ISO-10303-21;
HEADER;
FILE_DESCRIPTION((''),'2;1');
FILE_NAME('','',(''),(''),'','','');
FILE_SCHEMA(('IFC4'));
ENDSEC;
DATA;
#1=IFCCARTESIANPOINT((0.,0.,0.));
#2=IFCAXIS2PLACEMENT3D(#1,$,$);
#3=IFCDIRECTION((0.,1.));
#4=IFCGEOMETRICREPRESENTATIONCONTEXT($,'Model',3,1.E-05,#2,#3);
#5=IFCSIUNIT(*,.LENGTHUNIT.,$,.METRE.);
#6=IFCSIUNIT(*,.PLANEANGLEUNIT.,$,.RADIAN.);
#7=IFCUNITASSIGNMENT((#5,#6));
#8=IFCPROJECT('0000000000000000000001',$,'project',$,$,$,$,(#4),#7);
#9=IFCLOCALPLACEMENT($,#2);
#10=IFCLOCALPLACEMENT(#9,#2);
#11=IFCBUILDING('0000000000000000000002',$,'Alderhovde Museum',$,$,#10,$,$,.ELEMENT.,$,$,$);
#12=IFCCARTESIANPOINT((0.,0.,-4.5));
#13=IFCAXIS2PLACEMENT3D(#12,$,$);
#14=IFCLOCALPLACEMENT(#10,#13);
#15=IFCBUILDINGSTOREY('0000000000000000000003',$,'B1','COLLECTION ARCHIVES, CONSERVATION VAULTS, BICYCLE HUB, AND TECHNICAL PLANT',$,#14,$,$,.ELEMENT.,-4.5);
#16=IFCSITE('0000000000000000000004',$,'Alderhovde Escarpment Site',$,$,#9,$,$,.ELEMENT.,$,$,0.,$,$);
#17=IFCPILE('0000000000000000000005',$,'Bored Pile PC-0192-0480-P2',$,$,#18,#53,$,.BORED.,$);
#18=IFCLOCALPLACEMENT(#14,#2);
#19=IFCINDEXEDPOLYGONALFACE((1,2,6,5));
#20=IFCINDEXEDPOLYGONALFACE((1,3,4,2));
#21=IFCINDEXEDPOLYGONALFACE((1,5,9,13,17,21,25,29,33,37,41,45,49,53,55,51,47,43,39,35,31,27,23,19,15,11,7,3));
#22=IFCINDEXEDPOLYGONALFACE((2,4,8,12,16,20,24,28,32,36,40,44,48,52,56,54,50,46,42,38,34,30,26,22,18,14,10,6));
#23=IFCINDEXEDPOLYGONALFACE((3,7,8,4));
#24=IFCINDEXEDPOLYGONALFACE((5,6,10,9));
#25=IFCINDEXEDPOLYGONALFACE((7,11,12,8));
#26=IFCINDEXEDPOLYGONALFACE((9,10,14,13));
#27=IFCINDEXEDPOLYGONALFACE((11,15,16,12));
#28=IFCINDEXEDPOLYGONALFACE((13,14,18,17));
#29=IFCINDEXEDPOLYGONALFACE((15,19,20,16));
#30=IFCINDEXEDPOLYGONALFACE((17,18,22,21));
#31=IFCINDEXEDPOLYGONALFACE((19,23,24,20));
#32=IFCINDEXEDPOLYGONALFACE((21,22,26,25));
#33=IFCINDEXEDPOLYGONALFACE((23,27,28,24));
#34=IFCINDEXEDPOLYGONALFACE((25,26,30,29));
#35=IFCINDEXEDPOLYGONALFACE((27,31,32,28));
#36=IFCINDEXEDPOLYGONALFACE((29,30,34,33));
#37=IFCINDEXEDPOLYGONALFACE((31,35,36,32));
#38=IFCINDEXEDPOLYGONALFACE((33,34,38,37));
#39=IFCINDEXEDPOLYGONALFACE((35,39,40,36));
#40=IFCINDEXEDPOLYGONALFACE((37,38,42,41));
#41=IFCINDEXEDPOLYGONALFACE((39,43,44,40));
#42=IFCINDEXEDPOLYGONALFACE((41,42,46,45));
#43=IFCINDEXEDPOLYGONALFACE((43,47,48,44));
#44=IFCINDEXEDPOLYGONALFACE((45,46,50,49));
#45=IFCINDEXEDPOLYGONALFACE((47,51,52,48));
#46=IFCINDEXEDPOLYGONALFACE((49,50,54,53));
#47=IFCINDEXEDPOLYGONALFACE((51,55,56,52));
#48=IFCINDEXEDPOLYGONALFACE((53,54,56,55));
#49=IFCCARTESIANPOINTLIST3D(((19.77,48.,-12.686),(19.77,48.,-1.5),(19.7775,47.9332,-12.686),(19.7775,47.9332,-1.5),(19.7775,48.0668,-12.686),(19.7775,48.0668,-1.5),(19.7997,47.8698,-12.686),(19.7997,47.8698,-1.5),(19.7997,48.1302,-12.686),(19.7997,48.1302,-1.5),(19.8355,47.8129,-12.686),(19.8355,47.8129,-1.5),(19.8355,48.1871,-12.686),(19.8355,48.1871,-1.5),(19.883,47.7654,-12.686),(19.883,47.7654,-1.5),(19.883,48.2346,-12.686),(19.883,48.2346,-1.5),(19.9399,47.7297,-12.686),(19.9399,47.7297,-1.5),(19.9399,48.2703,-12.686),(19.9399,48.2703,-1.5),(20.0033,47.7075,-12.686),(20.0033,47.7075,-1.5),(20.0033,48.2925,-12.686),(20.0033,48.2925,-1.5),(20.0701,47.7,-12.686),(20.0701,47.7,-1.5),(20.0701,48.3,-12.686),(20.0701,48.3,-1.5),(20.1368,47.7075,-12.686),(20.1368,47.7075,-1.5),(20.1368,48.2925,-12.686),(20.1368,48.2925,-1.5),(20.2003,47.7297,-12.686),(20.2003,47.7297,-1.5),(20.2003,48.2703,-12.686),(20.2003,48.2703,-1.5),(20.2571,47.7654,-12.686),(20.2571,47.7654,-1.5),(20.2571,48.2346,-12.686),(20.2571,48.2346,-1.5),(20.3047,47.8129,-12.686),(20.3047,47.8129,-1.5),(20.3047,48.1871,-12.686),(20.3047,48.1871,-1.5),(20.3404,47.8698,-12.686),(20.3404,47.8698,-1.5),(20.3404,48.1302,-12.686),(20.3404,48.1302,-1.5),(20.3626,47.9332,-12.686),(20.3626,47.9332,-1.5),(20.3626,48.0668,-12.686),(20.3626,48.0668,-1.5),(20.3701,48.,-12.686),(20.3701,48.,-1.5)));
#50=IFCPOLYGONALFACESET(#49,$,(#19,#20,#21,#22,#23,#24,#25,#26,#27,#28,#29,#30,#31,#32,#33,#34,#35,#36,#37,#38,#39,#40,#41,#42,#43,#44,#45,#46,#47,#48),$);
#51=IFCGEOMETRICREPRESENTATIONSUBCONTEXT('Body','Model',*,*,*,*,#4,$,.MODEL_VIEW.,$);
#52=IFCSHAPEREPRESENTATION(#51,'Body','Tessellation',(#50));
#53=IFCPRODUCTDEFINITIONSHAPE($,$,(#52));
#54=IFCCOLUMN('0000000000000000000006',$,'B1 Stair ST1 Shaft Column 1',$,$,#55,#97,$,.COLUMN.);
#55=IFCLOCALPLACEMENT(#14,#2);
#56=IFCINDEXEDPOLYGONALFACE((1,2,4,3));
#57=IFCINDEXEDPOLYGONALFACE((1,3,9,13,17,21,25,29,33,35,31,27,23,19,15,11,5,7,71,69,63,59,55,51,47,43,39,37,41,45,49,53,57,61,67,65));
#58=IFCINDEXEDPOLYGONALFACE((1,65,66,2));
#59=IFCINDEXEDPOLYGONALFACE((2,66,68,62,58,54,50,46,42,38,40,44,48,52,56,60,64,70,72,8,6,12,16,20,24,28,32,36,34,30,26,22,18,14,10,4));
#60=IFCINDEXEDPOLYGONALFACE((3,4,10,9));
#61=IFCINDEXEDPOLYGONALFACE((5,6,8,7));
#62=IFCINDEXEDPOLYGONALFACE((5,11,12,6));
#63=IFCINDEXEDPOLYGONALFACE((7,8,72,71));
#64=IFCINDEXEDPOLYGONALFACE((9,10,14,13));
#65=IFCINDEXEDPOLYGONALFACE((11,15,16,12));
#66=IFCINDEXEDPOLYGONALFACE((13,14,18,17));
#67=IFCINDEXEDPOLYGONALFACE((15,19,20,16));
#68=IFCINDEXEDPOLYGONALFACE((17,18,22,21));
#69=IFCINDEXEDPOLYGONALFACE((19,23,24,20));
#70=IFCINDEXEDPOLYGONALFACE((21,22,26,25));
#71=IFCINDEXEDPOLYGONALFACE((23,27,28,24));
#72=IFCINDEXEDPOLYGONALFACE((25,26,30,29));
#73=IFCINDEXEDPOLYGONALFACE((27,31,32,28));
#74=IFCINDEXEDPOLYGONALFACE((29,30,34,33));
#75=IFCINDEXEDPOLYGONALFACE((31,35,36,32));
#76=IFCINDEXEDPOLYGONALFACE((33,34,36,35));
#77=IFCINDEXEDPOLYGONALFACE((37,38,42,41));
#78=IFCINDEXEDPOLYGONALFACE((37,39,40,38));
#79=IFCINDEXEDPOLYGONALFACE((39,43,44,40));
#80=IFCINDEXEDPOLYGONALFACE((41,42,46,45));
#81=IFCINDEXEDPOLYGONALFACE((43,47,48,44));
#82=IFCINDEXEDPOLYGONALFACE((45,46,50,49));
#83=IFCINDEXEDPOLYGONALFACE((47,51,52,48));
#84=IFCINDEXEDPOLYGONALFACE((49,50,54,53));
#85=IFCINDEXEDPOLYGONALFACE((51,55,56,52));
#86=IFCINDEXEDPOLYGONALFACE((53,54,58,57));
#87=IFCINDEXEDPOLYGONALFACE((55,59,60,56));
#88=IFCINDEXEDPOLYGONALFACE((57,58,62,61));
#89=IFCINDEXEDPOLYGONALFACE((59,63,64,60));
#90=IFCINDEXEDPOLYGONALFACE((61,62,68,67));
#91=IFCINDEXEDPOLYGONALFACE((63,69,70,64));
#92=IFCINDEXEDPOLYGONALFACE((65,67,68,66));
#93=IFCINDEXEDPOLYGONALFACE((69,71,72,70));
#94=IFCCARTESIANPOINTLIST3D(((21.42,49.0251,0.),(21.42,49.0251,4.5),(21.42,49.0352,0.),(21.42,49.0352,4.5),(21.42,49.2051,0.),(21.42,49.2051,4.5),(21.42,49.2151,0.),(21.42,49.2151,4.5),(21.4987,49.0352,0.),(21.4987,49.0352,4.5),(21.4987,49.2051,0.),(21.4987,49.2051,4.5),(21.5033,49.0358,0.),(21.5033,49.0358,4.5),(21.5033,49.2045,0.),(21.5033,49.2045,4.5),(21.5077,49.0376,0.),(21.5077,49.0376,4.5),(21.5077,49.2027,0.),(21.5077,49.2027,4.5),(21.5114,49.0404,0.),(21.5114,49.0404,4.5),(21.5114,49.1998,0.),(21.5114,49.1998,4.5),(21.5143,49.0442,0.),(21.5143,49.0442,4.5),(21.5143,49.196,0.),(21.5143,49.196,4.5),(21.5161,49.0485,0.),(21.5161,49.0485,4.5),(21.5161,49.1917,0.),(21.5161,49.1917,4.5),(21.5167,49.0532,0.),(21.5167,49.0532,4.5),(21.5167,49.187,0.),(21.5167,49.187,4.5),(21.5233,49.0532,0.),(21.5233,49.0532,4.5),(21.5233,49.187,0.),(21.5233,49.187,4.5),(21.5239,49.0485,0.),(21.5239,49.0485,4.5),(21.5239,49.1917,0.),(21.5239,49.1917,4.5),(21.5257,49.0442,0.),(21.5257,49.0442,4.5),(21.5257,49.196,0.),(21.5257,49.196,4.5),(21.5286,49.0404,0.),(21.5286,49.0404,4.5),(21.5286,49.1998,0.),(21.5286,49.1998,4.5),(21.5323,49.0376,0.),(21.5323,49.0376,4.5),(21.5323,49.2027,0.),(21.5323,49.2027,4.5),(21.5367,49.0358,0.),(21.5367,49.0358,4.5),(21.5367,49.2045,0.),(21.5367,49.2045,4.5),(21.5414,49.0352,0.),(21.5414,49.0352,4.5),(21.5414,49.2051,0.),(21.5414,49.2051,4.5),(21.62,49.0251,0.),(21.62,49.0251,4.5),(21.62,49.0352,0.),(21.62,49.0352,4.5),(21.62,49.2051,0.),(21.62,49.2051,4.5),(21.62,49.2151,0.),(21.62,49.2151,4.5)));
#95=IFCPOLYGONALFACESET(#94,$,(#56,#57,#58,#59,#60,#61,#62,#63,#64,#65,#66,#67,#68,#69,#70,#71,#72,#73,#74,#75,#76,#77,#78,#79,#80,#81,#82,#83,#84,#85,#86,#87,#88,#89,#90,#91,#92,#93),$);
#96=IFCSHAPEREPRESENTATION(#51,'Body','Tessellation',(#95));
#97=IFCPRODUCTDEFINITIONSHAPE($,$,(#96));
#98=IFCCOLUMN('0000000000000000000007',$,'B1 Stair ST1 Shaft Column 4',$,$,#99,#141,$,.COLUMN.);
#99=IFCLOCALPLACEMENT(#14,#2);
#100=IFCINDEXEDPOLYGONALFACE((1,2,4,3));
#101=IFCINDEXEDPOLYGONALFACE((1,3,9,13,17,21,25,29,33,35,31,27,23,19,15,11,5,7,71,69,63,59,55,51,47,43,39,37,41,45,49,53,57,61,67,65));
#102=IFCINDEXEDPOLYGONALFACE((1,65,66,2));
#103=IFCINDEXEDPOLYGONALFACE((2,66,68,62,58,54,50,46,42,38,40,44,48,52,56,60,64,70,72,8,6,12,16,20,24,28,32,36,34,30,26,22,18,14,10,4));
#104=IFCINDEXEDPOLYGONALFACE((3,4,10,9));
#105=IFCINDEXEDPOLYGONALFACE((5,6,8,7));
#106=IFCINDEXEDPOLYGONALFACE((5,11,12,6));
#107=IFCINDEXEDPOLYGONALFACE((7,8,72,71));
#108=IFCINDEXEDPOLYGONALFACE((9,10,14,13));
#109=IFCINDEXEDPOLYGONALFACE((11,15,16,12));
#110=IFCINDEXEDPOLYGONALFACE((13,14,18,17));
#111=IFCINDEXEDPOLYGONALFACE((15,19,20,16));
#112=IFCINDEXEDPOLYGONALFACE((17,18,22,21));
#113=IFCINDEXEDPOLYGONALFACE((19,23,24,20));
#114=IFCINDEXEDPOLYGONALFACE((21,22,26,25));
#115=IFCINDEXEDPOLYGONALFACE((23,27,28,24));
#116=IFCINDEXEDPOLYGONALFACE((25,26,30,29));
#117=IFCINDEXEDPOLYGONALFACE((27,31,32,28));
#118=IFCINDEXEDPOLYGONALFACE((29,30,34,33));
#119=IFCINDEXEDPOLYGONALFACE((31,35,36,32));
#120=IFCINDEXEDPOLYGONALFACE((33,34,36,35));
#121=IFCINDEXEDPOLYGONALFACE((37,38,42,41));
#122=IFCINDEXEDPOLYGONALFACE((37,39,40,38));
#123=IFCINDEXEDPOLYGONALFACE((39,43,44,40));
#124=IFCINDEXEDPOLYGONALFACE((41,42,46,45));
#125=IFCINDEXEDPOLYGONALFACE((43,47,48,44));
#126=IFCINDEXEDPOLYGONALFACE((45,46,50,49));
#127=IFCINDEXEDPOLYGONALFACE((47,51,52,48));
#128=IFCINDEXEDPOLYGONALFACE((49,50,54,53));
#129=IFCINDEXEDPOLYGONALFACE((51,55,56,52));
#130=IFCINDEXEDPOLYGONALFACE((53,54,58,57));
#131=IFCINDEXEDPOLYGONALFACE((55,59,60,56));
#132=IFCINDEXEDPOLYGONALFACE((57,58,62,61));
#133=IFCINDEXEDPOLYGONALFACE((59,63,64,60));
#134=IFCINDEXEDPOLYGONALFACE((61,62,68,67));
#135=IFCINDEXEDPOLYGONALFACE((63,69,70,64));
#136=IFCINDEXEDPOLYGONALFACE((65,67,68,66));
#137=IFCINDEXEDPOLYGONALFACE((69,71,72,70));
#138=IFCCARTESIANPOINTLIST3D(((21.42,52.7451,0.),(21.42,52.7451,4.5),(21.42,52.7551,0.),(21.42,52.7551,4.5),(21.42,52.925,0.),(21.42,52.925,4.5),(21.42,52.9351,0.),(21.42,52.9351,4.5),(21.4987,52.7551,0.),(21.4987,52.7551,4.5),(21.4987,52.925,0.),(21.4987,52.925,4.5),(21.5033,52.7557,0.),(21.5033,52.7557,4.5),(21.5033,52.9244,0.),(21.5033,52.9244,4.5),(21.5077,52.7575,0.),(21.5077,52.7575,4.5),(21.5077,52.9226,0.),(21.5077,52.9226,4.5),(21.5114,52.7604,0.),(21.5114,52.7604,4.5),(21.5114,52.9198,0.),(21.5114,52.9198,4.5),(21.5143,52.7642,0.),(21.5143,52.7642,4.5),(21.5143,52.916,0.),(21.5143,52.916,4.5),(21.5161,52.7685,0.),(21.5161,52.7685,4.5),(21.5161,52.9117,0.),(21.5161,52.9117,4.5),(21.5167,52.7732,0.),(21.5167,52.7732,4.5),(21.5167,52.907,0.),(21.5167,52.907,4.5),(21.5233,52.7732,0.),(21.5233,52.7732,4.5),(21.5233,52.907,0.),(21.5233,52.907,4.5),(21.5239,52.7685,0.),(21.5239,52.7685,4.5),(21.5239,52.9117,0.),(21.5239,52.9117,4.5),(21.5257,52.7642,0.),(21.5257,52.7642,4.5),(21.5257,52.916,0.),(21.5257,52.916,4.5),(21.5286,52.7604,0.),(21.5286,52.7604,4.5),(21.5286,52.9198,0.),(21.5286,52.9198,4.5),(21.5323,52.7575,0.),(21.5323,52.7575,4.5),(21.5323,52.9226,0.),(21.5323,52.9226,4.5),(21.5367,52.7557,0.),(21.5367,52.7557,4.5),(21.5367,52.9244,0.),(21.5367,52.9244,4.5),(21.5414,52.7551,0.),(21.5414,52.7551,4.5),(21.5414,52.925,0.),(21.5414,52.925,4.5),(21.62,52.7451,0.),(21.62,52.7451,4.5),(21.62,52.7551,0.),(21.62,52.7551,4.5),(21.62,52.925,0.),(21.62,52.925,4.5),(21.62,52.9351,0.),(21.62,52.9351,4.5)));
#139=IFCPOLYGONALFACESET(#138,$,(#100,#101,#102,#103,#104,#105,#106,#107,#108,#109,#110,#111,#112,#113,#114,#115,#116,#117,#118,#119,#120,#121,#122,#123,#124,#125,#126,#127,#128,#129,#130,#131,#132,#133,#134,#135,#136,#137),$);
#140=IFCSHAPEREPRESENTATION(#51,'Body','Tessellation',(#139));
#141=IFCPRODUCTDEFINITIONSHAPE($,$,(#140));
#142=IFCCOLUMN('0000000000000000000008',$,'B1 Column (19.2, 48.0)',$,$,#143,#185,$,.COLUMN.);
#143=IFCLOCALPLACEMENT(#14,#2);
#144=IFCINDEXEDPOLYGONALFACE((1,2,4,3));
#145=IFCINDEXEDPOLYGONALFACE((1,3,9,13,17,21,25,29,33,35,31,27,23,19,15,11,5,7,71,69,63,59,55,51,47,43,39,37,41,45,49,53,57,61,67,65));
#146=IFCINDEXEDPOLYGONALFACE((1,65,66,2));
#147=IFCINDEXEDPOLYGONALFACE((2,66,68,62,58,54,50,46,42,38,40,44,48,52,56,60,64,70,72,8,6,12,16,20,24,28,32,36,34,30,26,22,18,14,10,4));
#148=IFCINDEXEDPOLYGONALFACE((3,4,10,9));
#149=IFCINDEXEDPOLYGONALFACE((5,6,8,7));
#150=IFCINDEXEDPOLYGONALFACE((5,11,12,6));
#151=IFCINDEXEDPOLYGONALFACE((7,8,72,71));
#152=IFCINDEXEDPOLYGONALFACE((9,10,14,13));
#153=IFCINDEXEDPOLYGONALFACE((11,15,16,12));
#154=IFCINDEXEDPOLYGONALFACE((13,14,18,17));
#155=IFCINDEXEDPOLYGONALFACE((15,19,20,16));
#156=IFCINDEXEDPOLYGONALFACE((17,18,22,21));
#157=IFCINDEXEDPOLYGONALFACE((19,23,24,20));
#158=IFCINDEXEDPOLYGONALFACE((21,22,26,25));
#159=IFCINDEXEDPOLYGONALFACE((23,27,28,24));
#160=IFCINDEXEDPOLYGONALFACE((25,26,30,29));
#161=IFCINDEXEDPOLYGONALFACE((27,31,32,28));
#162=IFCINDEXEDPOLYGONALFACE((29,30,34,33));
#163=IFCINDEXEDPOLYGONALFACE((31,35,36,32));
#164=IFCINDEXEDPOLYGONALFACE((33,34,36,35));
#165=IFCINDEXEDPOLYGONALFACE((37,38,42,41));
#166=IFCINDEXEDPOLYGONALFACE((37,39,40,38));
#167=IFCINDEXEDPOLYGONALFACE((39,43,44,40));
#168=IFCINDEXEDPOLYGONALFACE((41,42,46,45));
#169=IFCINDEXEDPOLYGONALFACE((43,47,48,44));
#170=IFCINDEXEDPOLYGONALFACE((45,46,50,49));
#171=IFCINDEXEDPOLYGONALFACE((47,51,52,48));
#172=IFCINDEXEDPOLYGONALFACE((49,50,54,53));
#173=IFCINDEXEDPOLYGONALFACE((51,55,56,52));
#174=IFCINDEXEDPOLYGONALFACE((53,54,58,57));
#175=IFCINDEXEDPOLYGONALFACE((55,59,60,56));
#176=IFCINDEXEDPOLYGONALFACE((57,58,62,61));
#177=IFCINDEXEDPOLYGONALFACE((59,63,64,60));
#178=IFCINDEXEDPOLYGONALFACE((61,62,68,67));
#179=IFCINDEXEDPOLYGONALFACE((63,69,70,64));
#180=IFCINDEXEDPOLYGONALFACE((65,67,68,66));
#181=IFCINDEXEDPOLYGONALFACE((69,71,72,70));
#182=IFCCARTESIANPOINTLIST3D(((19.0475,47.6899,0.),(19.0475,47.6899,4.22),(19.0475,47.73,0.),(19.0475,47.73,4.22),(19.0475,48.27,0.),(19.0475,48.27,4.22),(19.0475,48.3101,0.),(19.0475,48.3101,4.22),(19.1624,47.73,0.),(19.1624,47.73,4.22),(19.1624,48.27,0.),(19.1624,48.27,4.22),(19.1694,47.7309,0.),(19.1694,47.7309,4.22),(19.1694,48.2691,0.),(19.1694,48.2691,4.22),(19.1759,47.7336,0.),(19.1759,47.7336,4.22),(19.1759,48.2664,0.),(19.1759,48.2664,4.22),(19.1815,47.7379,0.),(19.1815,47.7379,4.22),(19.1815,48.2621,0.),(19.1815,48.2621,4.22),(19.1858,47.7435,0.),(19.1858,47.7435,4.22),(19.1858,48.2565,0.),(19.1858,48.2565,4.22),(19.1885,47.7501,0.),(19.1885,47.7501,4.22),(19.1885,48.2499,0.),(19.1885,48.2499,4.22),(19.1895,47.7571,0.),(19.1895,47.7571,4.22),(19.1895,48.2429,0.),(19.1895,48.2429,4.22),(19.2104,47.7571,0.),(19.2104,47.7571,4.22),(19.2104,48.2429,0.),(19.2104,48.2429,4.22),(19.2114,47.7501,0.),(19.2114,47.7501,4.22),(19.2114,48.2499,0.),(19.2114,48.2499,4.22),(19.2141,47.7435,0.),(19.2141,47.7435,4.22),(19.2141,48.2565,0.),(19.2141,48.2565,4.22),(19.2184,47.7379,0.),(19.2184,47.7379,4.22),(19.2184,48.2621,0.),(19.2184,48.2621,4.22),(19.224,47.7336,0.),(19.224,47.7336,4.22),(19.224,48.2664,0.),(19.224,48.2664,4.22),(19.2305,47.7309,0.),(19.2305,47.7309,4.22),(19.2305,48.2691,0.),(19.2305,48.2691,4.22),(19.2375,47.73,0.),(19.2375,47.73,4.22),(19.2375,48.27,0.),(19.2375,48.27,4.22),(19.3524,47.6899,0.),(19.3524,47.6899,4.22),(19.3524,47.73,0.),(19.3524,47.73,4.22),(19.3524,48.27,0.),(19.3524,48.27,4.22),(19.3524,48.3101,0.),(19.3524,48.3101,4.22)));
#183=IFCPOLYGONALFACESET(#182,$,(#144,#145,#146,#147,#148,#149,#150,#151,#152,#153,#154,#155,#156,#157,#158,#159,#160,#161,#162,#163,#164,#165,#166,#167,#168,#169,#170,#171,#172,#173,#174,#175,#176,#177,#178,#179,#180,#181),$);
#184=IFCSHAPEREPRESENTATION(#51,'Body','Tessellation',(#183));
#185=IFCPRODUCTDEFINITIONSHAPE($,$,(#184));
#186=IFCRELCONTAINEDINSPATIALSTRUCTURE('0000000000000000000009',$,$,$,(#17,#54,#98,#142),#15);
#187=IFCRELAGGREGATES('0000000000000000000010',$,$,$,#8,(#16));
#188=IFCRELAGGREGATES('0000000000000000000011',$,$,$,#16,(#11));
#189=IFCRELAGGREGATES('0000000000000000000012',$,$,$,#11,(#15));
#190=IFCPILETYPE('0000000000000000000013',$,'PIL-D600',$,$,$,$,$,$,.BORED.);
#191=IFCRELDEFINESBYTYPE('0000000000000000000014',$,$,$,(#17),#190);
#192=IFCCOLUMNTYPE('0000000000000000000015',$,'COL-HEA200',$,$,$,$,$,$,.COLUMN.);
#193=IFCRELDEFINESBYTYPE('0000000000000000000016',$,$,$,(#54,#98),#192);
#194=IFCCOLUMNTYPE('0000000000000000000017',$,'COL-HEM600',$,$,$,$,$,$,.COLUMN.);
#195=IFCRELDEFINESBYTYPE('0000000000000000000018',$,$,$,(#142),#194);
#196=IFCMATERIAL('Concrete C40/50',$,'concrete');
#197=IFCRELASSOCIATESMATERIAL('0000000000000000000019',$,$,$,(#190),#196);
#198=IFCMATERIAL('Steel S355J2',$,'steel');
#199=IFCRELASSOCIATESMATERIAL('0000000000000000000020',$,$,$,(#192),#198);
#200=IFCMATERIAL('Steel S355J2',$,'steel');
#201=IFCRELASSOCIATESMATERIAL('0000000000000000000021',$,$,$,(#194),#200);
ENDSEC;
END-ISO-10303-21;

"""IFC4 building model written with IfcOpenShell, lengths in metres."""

from ifc_helpers import new_model, si_unit, direction, frame, origin, origin_2d, place, context, subcontext, project, spatial, circle, i_section, extrude, material, material_profile, profile_set, type_object, element, save


model = new_model("IFC4")

# Units and contexts
model_context = context("Model", 3, precision=1e-05, world=origin(), true_north=direction((0.0, 1.0)))
body_context = subcontext(model_context, "Body", "Model", "MODEL_VIEW")
ifc_project = project(units=[si_unit("LENGTHUNIT", "METRE"), si_unit("PLANEANGLEUNIT", "RADIAN")], contexts=[model_context])

# Site, building, storey
site_placement = place(None, origin())
site = spatial("IfcSite", under=ifc_project, at=site_placement, Name="Alderhovde Escarpment Site", CompositionType="ELEMENT", RefElevation=0.0)
building_placement = place(site_placement, origin())
building = spatial("IfcBuilding", under=site, at=building_placement, Name="Alderhovde Museum", CompositionType="ELEMENT")
storey_placement = place(building_placement, frame((0.0, 0.0, -4.5)))
storey = spatial("IfcBuildingStorey", under=building, at=storey_placement, Name="B1", Description="COLLECTION ARCHIVES, CONSERVATION VAULTS, BICYCLE HUB, AND TECHNICAL PLANT", CompositionType="ELEMENT", Elevation=-4.5)

# Pile
ifc_material_1 = material(Name="Concrete C40/50", Category="concrete")
ifc_material_profile_1 = material_profile(ifc_material_1, circle(Radius=0.3, at=origin_2d()), Name="PILE-D600")
ifc_profile_set_1 = profile_set([ifc_material_profile_1], Name="Concrete C40/50")
pile_type_1 = type_object("IfcPileType", Name="PIL-D600", PredefinedType="BORED", material=ifc_profile_set_1)
for number, where, z_axis, x_axis, name in (
    (1, (20.0701, 48.0, -1.5), (0.0, 0.0, -1.0), (1.0, 0.0, 0.0), "Bored Pile PC-0192-0480-P2"),
):
    element("IfcPile", number, at=place(storey_placement, frame(where, z_axis=z_axis, x_axis=x_axis)), inside=storey, type_object=pile_type_1, Name=name, PredefinedType="BORED", context=body_context, shape_type="SweptSolid", body=[
        extrude(circle(Radius=0.3, at=origin_2d()), origin(), (0.0, 0.0, 1.0), 11.186),
    ])

# Columns
ifc_material_2 = material(Name="Steel S355J2", Category="steel")
ifc_material_profile_2 = material_profile(ifc_material_2, i_section(OverallWidth=0.2, OverallDepth=0.1899, WebThickness=0.0066, FlangeThickness=0.01, FilletRadius=0.0181, at=origin_2d()), Name="HEA 200")
ifc_profile_set_2 = profile_set([ifc_material_profile_2], Name="Steel S355J2")
column_type_1 = type_object("IfcColumnType", Name="COL-HEA200", PredefinedType="COLUMN", material=ifc_profile_set_2)
for number, where, z_axis, x_axis, name in (
    (2, (21.52, 49.1201, 0.0), (0.0, 0.0, 1.0), (1.0, 0.0, 0.0), "B1 Stair ST1 Shaft Column 1"),
    (3, (21.52, 52.8401, 0.0), (0.0, 0.0, 1.0), (1.0, 0.0, 0.0), "B1 Stair ST1 Shaft Column 4"),
):
    element("IfcColumn", number, at=place(storey_placement, frame(where, z_axis=z_axis, x_axis=x_axis)), inside=storey, type_object=column_type_1, Name=name, PredefinedType="COLUMN", context=body_context, shape_type="SweptSolid", body=[
        extrude(i_section(OverallWidth=0.2, OverallDepth=0.1899, WebThickness=0.0066, FlangeThickness=0.01, FilletRadius=0.0181, at=origin_2d()), origin(), (0.0, 0.0, 1.0), 4.5),
    ])
ifc_material_3 = material(Name="Steel S355J2", Category="steel")
ifc_material_profile_3 = material_profile(ifc_material_3, i_section(OverallWidth=0.3049, OverallDepth=0.6201, WebThickness=0.021, FlangeThickness=0.04, FilletRadius=0.0271, at=origin_2d()), Name="HEM 600")
ifc_profile_set_3 = profile_set([ifc_material_profile_3], Name="Steel S355J2")
column_type_2 = type_object("IfcColumnType", Name="COL-HEM600", PredefinedType="COLUMN", material=ifc_profile_set_3)
column_placement = place(storey_placement, frame((19.2, 48.0, 0.0), z_axis=(0.0, 0.0, 1.0), x_axis=(1.0, 0.0, 0.0)))
element("IfcColumn", 4, at=column_placement, inside=storey, type_object=column_type_2, Name="B1 Column (19.2, 48.0)", PredefinedType="COLUMN", context=body_context, shape_type="SweptSolid", body=[
    extrude(i_section(OverallWidth=0.3049, OverallDepth=0.6201, WebThickness=0.021, FlangeThickness=0.04, FilletRadius=0.0271, at=origin_2d()), origin(), (0.0, 0.0, 1.0), 4.22),
])

save(model, "model.ifc")
